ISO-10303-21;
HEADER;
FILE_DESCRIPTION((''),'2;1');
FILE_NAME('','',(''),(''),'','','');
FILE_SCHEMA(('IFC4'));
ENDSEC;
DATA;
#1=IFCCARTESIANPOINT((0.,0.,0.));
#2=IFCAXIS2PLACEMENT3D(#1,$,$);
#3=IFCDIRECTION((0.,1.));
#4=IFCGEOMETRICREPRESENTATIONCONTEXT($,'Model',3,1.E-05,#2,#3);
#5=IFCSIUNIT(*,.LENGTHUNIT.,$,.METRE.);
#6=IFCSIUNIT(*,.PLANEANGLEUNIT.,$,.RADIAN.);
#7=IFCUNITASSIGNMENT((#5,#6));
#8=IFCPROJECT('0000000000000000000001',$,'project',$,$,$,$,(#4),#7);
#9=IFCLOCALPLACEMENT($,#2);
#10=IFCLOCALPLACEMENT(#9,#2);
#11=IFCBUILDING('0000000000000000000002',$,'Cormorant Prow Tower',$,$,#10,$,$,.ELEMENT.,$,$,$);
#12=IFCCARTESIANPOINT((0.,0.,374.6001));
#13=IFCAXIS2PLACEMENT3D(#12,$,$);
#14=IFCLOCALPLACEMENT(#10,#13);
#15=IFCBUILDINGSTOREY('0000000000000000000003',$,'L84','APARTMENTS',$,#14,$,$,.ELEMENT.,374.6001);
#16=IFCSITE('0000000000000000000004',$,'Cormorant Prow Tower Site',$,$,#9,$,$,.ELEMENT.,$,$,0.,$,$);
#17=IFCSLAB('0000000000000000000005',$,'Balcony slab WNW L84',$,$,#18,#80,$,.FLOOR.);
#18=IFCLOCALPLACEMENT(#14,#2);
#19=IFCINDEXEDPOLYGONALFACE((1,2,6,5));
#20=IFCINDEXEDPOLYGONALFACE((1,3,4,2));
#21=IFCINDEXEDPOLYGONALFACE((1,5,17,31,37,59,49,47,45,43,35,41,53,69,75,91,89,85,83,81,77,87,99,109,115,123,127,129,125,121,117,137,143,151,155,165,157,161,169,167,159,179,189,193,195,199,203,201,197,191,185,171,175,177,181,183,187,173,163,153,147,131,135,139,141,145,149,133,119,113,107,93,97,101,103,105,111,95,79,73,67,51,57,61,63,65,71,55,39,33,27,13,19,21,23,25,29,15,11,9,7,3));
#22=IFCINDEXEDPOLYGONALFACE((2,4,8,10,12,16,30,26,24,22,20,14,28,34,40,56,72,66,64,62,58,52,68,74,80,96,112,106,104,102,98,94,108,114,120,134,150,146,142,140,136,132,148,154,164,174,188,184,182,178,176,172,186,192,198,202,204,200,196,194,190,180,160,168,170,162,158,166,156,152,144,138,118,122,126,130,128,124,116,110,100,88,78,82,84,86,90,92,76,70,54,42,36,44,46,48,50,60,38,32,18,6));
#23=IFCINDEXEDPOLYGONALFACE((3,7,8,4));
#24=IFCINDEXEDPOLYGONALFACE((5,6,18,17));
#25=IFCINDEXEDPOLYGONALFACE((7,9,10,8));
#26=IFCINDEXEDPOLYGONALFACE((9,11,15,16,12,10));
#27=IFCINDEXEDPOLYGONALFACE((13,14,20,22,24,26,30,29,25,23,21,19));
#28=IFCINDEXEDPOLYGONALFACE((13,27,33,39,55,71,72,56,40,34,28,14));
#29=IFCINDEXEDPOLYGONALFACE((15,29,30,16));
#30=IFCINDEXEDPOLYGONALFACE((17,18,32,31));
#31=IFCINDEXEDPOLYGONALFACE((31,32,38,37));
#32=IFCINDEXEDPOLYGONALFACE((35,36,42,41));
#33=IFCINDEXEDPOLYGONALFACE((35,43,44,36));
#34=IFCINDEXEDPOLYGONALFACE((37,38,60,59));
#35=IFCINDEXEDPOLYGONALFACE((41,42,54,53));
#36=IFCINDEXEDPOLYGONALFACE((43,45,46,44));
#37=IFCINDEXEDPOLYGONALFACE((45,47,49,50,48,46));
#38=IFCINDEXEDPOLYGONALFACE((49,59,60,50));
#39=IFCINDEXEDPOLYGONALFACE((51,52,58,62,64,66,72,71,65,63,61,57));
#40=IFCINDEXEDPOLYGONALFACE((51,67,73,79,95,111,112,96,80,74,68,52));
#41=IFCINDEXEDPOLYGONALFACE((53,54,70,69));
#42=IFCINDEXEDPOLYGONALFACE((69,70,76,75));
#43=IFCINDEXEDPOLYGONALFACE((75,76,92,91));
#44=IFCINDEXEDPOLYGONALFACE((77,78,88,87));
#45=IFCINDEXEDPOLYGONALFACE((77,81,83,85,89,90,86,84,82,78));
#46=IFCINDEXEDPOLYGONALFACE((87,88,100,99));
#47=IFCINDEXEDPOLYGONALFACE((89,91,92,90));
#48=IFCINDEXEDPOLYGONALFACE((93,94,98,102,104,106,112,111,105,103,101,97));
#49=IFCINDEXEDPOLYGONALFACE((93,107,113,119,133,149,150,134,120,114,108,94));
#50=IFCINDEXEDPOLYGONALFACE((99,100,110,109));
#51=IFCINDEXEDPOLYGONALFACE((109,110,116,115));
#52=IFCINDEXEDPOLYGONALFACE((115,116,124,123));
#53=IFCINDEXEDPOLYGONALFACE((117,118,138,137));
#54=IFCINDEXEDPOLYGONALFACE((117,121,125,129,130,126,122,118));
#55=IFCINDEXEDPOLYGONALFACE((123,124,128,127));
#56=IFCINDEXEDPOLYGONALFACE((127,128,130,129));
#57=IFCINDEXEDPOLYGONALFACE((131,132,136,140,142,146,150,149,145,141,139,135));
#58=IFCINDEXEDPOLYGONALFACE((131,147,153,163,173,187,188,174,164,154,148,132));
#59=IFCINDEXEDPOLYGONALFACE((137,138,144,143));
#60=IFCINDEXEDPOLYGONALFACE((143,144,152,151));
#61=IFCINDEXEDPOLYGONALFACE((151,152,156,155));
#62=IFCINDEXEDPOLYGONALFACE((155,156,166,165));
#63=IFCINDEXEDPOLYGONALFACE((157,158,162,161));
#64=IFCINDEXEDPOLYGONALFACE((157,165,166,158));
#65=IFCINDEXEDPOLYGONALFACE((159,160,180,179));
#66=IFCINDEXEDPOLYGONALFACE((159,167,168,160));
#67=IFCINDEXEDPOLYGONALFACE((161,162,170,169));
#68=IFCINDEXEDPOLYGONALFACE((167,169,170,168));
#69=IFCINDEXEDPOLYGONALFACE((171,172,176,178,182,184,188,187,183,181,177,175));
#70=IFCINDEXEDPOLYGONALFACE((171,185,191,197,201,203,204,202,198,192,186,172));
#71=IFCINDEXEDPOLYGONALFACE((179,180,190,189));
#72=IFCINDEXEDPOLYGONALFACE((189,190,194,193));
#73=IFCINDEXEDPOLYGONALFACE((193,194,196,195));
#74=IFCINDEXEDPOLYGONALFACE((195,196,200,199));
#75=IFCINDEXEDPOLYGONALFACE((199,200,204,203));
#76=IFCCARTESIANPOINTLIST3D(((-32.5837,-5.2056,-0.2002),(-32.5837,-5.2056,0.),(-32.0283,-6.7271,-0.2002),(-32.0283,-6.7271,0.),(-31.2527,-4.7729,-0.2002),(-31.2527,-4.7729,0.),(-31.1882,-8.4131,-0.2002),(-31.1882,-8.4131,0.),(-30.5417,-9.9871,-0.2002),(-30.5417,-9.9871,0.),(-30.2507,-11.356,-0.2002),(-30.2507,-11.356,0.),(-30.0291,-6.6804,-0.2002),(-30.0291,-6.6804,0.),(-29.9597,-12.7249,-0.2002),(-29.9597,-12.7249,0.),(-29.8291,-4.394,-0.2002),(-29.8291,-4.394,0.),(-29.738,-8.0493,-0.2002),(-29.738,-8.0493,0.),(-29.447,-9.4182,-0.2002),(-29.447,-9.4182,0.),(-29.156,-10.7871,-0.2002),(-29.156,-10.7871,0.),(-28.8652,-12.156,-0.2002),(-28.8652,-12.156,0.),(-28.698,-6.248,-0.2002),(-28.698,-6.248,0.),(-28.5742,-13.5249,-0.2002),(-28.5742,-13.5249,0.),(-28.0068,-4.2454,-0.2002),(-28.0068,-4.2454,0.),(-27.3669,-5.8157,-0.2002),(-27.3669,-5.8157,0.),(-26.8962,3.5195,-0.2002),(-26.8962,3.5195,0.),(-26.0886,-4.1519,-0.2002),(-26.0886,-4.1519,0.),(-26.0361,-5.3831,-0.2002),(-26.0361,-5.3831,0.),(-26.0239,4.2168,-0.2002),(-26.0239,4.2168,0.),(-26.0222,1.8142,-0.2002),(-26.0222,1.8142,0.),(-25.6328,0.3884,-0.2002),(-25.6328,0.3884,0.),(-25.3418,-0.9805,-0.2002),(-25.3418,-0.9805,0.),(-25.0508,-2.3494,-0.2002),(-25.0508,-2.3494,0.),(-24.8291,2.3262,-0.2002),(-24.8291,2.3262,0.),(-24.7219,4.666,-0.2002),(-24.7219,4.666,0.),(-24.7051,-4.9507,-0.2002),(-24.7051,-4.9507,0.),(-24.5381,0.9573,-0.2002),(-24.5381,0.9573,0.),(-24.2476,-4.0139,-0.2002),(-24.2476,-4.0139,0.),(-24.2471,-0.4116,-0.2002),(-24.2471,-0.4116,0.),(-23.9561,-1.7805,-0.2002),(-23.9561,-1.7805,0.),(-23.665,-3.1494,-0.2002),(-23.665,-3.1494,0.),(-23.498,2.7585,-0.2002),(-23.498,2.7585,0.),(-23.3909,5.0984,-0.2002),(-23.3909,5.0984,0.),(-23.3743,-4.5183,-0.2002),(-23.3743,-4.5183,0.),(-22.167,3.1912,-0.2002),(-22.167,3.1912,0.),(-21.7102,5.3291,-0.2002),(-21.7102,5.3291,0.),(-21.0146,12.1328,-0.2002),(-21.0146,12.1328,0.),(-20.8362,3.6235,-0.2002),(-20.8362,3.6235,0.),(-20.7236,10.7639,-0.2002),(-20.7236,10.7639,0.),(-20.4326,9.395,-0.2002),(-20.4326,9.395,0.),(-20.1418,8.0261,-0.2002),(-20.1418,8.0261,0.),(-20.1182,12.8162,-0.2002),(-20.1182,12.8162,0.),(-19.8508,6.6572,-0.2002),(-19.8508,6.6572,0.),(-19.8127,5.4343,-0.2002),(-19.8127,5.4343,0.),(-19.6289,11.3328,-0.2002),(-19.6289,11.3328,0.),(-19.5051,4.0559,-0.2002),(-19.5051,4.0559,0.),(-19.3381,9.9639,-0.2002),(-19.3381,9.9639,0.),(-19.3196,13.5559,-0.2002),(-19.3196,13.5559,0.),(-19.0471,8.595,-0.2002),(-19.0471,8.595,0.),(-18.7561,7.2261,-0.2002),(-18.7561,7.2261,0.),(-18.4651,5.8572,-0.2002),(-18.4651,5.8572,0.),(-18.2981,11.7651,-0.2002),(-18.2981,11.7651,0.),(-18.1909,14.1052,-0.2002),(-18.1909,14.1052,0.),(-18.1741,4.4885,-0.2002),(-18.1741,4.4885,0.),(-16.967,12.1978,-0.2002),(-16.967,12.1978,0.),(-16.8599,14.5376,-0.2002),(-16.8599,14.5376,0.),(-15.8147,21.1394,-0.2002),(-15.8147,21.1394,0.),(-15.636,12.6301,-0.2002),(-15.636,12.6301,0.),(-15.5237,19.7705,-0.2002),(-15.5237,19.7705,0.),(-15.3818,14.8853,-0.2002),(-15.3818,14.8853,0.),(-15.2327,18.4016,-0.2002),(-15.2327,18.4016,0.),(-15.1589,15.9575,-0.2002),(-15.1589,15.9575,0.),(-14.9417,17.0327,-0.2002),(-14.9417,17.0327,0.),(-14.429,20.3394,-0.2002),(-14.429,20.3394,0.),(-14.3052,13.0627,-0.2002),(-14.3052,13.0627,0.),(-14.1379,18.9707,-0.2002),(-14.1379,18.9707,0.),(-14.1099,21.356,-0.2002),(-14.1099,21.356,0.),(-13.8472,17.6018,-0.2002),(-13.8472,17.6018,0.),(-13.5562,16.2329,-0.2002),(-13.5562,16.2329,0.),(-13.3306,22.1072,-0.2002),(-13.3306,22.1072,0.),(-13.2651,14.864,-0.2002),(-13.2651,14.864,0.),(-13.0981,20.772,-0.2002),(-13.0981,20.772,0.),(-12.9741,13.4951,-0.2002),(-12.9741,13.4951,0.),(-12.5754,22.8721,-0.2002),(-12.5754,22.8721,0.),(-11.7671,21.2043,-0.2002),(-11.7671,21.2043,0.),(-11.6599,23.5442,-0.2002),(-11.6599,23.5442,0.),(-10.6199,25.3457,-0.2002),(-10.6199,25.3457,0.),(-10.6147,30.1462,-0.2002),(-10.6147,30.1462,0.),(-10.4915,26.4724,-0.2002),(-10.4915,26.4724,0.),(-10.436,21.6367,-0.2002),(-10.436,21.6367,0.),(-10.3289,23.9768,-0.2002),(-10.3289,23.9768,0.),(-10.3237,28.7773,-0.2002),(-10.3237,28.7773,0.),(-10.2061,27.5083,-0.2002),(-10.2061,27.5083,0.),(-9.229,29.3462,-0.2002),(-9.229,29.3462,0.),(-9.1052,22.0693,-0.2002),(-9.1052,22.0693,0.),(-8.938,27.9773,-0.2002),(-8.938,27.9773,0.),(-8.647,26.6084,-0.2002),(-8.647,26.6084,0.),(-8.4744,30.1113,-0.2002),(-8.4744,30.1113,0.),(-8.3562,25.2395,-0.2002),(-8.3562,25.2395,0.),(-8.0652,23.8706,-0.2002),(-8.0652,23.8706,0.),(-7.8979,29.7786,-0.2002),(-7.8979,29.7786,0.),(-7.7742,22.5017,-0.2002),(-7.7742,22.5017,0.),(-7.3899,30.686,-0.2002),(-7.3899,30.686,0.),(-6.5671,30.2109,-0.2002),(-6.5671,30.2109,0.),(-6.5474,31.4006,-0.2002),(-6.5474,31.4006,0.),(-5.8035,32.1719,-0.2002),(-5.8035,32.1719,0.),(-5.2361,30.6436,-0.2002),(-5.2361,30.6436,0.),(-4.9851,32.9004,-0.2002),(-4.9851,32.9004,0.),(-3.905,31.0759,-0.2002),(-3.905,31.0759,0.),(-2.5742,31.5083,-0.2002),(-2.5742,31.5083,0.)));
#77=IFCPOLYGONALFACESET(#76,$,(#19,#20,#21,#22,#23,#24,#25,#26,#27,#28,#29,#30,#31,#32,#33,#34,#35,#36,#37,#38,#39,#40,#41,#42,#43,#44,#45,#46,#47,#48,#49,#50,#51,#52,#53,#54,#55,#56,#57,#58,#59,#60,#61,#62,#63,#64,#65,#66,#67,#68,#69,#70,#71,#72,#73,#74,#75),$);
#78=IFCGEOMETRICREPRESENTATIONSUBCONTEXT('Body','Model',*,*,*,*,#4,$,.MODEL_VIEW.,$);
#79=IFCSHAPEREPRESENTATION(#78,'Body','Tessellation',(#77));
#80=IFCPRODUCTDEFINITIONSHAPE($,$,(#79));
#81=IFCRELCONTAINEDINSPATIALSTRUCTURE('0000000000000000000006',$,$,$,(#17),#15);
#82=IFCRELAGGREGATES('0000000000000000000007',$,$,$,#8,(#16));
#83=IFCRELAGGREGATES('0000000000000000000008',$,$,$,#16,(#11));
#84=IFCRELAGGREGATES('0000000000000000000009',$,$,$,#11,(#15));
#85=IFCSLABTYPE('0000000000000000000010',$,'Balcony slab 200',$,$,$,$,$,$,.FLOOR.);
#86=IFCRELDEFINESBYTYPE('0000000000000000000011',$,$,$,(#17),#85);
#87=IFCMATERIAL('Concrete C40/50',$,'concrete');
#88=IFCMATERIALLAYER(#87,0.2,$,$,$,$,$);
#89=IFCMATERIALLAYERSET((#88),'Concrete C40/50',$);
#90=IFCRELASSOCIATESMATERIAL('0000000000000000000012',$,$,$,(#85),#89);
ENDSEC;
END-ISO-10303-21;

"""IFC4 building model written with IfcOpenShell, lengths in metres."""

from ifc_helpers import new_model, si_unit, direction, frame, origin, place, context, subcontext, project, spatial, polyline, outline, extrude, material, layer, layer_set, type_object, element, save


model = new_model("IFC4")

# Units and contexts
model_context = context("Model", 3, precision=1e-05, world=origin(), true_north=direction((0.0, 1.0)))
body_context = subcontext(model_context, "Body", "Model", "MODEL_VIEW")
ifc_project = project(units=[si_unit("LENGTHUNIT", "METRE"), si_unit("PLANEANGLEUNIT", "RADIAN")], contexts=[model_context])

# Site, building, storey
site_placement = place(None, origin())
site = spatial("IfcSite", under=ifc_project, at=site_placement, Name="Cormorant Prow Tower Site", CompositionType="ELEMENT", RefElevation=0.0)
building_placement = place(site_placement, origin())
building = spatial("IfcBuilding", under=site, at=building_placement, Name="Cormorant Prow Tower", CompositionType="ELEMENT")
storey_placement = place(building_placement, frame((0.0, 0.0, 374.6001)))
storey = spatial("IfcBuildingStorey", under=building, at=storey_placement, Name="L84", Description="APARTMENTS", CompositionType="ELEMENT", Elevation=374.6001)

# Slab
ifc_material_1 = material(Name="Concrete C40/50", Category="concrete")
ifc_layer_1 = layer(ifc_material_1, 0.2)
ifc_layer_set_1 = layer_set([ifc_layer_1], Name="Concrete C40/50")
slab_type_1 = type_object("IfcSlabType", Name="Balcony slab 200", PredefinedType="FLOOR", material=ifc_layer_set_1)
slab_1_placement = place(storey_placement, frame((0.0, 0.0, -0.2002)))
element("IfcSlab", 1, at=slab_1_placement, inside=storey, type_object=slab_type_1, Name="Balcony slab WNW L84", PredefinedType="FLOOR", context=body_context, shape_type="SweptSolid", body=[
    extrude(outline(polyline([(-2.5742, 31.5083), (-4.9851, 32.9004), (-5.8035, 32.1719), (-6.5474, 31.4006), (-7.3899, 30.686), (-8.4744, 30.1113), (-10.6147, 30.1462), (-10.3237, 28.7773), (-10.2061, 27.5083), (-10.4915, 26.4724), (-10.6199, 25.3457), (-10.3289, 23.9768), (-11.6599, 23.5442), (-12.5754, 22.8721), (-13.3306, 22.1072), (-14.1099, 21.356), (-15.8147, 21.1394), (-15.5237, 19.7705), (-15.2327, 18.4016), (-14.9417, 17.0327), (-15.1589, 15.9575), (-15.3818, 14.8853), (-16.8599, 14.5376), (-18.1909, 14.1052), (-19.3196, 13.5559), (-20.1182, 12.8162), (-21.0146, 12.1328), (-20.7236, 10.7639), (-20.4326, 9.395), (-20.1418, 8.0261), (-19.8508, 6.6572), (-19.8127, 5.4343), (-21.7102, 5.3291), (-23.3909, 5.0984), (-24.7219, 4.666), (-26.0239, 4.2168), (-26.8962, 3.5195), (-26.0222, 1.8142), (-25.6328, 0.3884), (-25.3418, -0.9805), (-25.0508, -2.3494), (-24.2476, -4.0139), (-26.0886, -4.1519), (-28.0068, -4.2454), (-29.8291, -4.394), (-31.2527, -4.7729), (-32.5837, -5.2056), (-32.0283, -6.7271), (-31.1882, -8.4131), (-30.5417, -9.9871), (-30.2507, -11.356), (-29.9597, -12.7249), (-28.5742, -13.5249), (-28.8652, -12.156), (-29.156, -10.7871), (-29.447, -9.4182), (-29.738, -8.0493), (-30.0291, -6.6804), (-28.698, -6.248), (-27.3669, -5.8157), (-26.0361, -5.3831), (-24.7051, -4.9507), (-23.3743, -4.5183), (-23.665, -3.1494), (-23.9561, -1.7805), (-24.2471, -0.4116), (-24.5381, 0.9573), (-24.8291, 2.3262), (-23.498, 2.7585), (-22.167, 3.1912), (-20.8362, 3.6235), (-19.5051, 4.0559), (-18.1741, 4.4885), (-18.4651, 5.8572), (-18.7561, 7.2261), (-19.0471, 8.595), (-19.3381, 9.9639), (-19.6289, 11.3328), (-18.2981, 11.7651), (-16.967, 12.1978), (-15.636, 12.6301), (-14.3052, 13.0627), (-12.9741, 13.4951), (-13.2651, 14.864), (-13.5562, 16.2329), (-13.8472, 17.6018), (-14.1379, 18.9707), (-14.429, 20.3394), (-13.0981, 20.772), (-11.7671, 21.2043), (-10.436, 21.6367), (-9.1052, 22.0693), (-7.7742, 22.5017), (-8.0652, 23.8706), (-8.3562, 25.2395), (-8.647, 26.6084), (-8.938, 27.9773), (-9.229, 29.3462), (-7.8979, 29.7786), (-6.5671, 30.2109), (-5.2361, 30.6436), (-3.905, 31.0759), (-2.5742, 31.5083)])), origin(), (0.0, 0.0, 1.0), 0.2002),
])

save(model, "model.ifc")
